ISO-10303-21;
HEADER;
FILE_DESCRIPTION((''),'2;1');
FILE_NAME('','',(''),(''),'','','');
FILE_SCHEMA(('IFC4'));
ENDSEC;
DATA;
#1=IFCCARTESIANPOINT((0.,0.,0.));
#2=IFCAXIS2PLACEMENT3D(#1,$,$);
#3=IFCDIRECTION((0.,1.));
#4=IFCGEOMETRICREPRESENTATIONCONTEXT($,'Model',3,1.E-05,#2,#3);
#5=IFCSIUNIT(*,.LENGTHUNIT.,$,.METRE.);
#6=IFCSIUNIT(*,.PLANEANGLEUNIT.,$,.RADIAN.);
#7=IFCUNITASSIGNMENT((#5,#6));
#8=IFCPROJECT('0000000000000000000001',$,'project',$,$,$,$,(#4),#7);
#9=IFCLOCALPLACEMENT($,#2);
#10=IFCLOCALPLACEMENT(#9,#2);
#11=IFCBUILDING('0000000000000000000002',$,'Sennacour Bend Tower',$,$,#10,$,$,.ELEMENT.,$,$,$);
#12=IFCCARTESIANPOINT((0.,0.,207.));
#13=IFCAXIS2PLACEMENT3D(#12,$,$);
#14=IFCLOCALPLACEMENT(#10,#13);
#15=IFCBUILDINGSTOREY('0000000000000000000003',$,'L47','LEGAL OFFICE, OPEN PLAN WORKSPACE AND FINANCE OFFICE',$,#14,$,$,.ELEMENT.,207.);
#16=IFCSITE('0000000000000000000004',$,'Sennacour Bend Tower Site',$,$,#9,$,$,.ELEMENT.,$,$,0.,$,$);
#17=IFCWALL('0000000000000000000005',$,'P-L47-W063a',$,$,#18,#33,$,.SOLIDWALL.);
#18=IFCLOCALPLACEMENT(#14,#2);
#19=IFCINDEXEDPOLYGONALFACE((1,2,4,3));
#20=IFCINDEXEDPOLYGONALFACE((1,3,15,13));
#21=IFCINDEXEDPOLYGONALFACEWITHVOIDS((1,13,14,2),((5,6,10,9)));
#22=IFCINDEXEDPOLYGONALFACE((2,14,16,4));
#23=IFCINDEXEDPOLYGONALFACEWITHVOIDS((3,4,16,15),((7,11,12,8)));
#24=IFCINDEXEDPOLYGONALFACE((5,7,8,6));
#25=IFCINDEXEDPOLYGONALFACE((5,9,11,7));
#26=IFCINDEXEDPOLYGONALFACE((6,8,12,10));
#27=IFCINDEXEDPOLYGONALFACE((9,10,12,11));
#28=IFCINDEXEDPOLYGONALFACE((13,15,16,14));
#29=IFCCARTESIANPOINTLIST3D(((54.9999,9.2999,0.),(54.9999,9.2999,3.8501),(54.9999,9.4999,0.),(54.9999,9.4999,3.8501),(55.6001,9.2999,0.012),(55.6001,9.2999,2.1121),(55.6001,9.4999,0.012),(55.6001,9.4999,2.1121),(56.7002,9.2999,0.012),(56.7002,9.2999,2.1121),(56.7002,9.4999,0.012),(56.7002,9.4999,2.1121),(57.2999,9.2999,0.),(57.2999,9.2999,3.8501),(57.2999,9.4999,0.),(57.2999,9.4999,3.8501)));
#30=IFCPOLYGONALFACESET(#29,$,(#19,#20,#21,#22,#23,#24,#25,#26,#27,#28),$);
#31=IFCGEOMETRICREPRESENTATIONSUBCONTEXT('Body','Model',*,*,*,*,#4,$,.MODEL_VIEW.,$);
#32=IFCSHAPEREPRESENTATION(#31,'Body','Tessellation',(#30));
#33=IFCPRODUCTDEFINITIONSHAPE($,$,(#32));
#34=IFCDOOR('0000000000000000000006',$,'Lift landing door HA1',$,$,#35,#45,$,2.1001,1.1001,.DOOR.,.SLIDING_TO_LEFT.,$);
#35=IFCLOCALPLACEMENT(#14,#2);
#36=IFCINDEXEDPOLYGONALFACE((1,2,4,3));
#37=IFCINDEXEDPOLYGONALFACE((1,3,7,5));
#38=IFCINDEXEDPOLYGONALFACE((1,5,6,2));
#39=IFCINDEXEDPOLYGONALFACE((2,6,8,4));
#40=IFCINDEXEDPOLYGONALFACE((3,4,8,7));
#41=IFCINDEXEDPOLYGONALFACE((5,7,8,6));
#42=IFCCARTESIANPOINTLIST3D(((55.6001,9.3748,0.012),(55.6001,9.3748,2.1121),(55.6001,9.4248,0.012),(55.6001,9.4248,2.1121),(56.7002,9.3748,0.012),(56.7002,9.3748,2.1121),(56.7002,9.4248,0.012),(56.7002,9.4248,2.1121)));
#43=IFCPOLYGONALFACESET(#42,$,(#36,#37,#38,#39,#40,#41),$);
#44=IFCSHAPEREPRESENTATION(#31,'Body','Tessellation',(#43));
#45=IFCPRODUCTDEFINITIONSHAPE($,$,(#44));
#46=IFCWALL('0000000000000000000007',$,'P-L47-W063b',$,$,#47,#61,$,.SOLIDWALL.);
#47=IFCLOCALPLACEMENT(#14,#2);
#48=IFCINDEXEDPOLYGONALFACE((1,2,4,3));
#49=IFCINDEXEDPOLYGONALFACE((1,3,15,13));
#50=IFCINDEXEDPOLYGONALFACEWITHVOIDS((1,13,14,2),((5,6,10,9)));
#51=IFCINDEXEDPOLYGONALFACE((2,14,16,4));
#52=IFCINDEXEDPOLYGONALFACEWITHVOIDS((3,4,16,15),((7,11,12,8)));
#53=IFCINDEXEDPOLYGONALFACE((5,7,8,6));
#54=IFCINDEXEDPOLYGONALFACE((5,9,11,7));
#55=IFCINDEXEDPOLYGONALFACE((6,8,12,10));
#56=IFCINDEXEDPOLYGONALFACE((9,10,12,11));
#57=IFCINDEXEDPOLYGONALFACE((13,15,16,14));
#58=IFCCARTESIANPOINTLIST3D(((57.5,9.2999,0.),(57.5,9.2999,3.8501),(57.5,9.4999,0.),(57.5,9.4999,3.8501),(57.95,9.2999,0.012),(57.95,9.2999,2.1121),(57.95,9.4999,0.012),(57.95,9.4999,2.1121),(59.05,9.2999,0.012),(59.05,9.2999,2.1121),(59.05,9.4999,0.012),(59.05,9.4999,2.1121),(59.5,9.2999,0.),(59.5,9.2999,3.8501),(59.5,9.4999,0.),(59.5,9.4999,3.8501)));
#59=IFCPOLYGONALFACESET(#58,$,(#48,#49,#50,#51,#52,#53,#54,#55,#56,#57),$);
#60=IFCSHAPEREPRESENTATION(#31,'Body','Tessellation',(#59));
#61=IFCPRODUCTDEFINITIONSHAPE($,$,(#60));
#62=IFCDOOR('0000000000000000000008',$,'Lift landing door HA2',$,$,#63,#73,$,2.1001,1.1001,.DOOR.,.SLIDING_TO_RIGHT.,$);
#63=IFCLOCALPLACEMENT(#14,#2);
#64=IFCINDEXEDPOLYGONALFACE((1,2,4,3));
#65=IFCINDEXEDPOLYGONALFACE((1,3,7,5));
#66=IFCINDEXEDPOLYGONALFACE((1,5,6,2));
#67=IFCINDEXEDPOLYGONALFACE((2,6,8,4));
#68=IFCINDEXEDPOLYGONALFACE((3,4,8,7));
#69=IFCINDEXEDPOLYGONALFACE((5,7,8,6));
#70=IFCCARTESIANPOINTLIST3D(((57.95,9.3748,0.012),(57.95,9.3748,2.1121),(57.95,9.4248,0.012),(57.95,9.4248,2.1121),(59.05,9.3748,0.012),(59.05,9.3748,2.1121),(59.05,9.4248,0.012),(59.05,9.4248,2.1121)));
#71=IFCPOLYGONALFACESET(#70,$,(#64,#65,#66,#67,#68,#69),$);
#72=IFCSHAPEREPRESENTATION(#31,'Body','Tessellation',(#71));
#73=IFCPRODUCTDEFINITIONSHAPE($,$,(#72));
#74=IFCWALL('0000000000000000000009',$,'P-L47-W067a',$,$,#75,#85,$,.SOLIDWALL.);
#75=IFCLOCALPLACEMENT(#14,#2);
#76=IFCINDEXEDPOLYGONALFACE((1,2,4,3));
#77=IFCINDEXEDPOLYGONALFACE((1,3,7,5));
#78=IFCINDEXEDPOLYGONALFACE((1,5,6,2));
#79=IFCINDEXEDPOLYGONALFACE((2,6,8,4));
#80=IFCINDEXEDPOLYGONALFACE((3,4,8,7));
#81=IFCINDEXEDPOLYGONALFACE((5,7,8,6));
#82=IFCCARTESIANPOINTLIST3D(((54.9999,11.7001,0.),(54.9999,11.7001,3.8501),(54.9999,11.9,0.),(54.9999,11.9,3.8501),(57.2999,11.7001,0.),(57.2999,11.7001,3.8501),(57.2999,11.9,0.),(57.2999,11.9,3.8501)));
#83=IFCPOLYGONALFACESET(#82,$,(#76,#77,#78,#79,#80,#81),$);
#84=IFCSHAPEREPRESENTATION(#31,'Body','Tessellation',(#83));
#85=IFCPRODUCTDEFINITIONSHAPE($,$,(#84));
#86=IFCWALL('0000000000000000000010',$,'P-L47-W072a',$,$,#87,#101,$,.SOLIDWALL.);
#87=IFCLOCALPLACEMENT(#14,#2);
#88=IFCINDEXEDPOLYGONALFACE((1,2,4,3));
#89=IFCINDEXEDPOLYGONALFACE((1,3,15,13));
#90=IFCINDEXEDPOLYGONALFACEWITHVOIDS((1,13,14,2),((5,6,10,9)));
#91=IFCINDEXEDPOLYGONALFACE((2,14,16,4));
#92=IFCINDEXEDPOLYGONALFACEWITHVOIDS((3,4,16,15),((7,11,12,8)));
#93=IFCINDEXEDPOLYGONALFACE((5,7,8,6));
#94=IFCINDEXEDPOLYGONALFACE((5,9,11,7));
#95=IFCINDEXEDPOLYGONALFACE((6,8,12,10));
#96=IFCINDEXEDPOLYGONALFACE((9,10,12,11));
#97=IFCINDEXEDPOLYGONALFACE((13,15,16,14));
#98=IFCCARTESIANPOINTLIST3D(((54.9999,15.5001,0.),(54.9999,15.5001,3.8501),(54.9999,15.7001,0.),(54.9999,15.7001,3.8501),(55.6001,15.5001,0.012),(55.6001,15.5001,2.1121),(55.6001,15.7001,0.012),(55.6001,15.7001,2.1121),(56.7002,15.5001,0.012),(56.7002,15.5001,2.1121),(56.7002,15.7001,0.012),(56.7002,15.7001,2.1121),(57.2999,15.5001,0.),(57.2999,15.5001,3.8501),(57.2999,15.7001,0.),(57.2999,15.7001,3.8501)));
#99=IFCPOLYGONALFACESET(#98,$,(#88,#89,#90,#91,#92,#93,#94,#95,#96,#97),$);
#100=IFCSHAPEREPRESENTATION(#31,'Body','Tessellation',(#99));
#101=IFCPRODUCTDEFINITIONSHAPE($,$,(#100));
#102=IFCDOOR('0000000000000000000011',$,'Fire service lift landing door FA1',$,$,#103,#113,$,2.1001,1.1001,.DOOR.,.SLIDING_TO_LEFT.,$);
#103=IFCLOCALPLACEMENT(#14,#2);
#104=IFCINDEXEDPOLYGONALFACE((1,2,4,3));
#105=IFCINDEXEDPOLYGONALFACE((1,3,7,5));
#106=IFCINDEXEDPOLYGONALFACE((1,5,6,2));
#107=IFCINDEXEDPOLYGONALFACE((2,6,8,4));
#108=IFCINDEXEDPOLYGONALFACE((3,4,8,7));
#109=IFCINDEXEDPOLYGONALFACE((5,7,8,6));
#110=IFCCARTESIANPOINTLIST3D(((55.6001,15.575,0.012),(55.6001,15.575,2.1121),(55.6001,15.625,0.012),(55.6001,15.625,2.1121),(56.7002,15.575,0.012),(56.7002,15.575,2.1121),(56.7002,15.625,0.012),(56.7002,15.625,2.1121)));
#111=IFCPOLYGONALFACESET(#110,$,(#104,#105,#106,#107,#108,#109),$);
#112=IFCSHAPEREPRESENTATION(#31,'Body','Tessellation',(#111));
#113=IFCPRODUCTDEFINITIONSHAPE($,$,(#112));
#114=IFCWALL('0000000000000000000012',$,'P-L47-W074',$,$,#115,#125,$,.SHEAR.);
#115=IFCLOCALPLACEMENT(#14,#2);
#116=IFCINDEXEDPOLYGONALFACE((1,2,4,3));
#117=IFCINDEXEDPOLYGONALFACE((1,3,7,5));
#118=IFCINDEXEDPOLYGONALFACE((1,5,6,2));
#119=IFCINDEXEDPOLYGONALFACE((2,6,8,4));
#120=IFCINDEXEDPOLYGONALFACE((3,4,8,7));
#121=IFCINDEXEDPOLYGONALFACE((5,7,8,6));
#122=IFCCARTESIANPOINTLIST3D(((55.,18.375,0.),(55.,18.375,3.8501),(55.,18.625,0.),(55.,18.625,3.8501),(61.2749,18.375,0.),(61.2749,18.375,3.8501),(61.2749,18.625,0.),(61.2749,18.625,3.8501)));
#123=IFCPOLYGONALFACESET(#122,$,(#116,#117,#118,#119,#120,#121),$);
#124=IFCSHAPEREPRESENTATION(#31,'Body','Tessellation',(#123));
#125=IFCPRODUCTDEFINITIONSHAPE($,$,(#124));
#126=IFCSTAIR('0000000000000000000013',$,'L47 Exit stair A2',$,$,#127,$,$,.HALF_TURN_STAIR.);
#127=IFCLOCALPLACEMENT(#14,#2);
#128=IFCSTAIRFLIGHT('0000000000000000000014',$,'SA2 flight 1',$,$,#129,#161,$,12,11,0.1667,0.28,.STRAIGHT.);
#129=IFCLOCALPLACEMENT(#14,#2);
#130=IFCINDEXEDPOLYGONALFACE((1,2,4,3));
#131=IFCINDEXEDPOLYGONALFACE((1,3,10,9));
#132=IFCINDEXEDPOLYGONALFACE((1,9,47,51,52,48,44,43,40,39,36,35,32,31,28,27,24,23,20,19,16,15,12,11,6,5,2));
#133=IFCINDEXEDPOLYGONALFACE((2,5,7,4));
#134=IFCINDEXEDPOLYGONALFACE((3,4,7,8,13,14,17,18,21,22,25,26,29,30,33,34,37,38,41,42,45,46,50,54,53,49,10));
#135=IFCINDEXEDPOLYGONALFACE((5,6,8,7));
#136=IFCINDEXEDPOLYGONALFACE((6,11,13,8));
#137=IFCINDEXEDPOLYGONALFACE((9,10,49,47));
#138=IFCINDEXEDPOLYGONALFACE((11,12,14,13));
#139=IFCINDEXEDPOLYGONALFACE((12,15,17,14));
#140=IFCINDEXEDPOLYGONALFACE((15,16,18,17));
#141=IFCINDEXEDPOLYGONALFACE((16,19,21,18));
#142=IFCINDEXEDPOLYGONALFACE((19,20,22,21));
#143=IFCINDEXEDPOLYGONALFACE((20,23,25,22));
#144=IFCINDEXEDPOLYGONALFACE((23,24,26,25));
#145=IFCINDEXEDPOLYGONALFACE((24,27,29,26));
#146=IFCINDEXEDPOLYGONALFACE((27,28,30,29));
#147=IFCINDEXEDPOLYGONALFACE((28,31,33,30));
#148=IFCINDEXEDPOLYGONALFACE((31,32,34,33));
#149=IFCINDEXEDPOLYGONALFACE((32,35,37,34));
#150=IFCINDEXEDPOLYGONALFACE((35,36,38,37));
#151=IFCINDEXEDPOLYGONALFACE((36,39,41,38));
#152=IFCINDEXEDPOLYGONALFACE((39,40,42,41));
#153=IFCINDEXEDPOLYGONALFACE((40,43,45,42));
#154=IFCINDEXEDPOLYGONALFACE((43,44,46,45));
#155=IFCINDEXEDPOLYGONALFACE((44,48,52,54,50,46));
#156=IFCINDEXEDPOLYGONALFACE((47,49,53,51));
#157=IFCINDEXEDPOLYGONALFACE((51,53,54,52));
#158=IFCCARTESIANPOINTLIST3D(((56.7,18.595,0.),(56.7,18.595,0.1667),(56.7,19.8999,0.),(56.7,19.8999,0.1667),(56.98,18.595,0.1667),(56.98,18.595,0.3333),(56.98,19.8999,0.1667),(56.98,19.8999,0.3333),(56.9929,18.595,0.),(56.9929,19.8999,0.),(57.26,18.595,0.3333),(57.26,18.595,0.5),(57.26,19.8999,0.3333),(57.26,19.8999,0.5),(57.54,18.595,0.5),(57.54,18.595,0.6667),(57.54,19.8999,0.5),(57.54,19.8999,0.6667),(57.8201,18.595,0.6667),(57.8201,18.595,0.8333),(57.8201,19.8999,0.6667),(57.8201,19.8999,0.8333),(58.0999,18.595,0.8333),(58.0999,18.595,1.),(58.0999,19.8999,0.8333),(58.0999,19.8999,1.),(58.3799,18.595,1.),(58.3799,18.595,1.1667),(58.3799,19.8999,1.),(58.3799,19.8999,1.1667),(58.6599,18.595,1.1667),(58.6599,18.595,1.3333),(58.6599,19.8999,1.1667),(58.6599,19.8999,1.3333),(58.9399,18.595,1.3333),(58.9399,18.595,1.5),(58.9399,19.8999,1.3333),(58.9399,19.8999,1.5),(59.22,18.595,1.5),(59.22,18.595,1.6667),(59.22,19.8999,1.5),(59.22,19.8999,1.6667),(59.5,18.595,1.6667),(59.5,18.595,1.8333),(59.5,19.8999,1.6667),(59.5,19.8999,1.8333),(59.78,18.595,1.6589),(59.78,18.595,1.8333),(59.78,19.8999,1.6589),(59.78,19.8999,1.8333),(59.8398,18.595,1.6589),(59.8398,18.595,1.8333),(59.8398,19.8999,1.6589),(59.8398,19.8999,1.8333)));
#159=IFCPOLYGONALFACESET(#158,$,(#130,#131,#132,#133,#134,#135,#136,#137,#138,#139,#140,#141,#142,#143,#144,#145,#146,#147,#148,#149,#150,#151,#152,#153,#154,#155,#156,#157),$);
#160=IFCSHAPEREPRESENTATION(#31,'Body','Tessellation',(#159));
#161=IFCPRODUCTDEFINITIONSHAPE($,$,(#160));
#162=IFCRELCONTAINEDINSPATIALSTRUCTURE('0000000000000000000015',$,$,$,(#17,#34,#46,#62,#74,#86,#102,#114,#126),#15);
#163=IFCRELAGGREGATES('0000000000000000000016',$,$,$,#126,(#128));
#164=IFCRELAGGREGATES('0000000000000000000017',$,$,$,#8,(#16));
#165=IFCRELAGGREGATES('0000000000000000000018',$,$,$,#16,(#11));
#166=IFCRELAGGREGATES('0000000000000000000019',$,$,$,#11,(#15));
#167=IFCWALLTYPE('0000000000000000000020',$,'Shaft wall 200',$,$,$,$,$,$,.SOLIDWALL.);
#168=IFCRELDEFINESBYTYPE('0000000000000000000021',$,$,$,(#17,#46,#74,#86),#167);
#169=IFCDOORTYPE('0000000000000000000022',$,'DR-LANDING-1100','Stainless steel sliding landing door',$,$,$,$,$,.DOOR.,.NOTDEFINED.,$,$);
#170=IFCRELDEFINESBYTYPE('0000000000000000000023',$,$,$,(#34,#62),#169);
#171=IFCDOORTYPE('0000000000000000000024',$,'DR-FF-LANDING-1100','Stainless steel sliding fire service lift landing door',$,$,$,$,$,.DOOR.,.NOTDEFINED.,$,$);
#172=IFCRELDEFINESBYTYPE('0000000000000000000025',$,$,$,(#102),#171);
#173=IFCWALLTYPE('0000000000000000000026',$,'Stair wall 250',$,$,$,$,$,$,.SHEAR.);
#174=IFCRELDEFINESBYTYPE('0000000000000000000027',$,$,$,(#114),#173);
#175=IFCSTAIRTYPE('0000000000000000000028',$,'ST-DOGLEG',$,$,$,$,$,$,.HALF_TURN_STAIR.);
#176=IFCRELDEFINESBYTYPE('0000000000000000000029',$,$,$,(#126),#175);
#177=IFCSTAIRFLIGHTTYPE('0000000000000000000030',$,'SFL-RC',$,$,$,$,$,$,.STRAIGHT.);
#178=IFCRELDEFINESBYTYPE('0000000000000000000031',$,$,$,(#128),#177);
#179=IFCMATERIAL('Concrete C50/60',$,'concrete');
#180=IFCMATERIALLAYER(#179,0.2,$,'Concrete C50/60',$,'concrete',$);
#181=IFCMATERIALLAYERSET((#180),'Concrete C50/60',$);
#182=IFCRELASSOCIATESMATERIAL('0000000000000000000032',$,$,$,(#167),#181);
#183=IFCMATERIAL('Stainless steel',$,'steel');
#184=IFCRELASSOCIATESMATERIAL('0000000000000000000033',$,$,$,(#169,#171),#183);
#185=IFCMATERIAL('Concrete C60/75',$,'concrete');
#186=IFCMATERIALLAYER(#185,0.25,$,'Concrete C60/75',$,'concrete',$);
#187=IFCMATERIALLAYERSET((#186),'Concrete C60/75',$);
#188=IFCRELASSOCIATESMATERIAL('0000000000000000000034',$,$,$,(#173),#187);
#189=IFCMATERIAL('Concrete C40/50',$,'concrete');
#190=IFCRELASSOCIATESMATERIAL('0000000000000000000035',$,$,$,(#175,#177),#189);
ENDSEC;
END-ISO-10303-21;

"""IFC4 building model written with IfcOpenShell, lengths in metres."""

from ifc_helpers import new_model, si_unit, direction, frame, frame_2d, origin, place, context, subcontext, project, spatial, polyline, rectangle, outline, extrude, material, layer, layer_set, type_object, element, fill, aggregate, save


model = new_model("IFC4")

# Units and contexts
model_context = context("Model", 3, precision=1e-05, world=origin(), true_north=direction((0.0, 1.0)))
body_context = subcontext(model_context, "Body", "Model", "MODEL_VIEW")
ifc_project = project(units=[si_unit("LENGTHUNIT", "METRE"), si_unit("PLANEANGLEUNIT", "RADIAN")], contexts=[model_context])

# Site, building, storey
site_placement = place(None, origin())
site = spatial("IfcSite", under=ifc_project, at=site_placement, Name="Sennacour Bend Tower Site", CompositionType="ELEMENT", RefElevation=0.0)
building_placement = place(site_placement, origin())
building = spatial("IfcBuilding", under=site, at=building_placement, Name="Sennacour Bend Tower", CompositionType="ELEMENT")
storey_placement = place(building_placement, frame((0.0, 0.0, 207.0)))
storey = spatial("IfcBuildingStorey", under=building, at=storey_placement, Name="L47", Description="LEGAL OFFICE, OPEN PLAN WORKSPACE AND FINANCE OFFICE", CompositionType="ELEMENT", Elevation=207.0)

# Shared definitions
ifc_material_1 = material(Name="Concrete C60/75", Category="concrete")

# Shared definitions
ifc_material_2 = material(Name="Concrete C50/60", Category="concrete")
ifc_layer_1 = layer(ifc_material_2, 0.2, Name="Concrete C50/60", Category="concrete")
ifc_layer_set_1 = layer_set([ifc_layer_1], Name="Concrete C50/60")
wall_type_1 = type_object("IfcWallType", Name="Shaft wall 200", PredefinedType="SOLIDWALL", material=ifc_layer_set_1)

# Walls, openings, doors
wall_1_placement = place(storey_placement, frame((55.0, 9.3999, 0.0), z_axis=(0.0, 0.0, 1.0), x_axis=(1.0, 0.0, 0.0)))
wall_1 = element("IfcWall", 1, at=wall_1_placement, inside=storey, type_object=wall_type_1, Name="P-L47-W063a", PredefinedType="SOLIDWALL", context=body_context, shape_type="SweptSolid", body=[
    extrude(rectangle(XDim=2.3, YDim=0.2, at=frame_2d((1.1499, 0.0))), origin(), (0.0, 0.0, 1.0), 3.8501),
])
opening_1_placement = place(wall_1_placement, frame((0.6001, 0.0, 0.012)))
opening_1 = element("IfcOpeningElement", 2, at=opening_1_placement, cuts=wall_1, PredefinedType="OPENING", context=body_context, shape_type="SweptSolid", body=[
    extrude(rectangle(XDim=1.1001, YDim=2.1001, at=frame_2d((0.55, 1.05))), frame((0.0, 0.1099, 0.0), z_axis=(0.0, -1.0, 0.0), x_axis=(1.0, 0.0, 0.0)), (0.0, 0.0, 1.0), 0.22),
])
ifc_material_3 = material(Name="Stainless steel", Category="steel")
door_type_1 = type_object("IfcDoorType", Name="DR-LANDING-1100", Description="Stainless steel sliding landing door", OperationType="NOTDEFINED", PredefinedType="DOOR", material=ifc_material_3)
door_1_placement = place(opening_1_placement, origin())
door_1 = element("IfcDoor", 3, at=door_1_placement, inside=storey, type_object=door_type_1, Name="Lift landing door HA1", OperationType="SLIDING_TO_LEFT", OverallHeight=2.1001, OverallWidth=1.1001, PredefinedType="DOOR", context=body_context, shape_type="SweptSolid", body=[
    extrude(rectangle(XDim=1.1001, YDim=2.1001, at=frame_2d((0.55, 1.05))), frame((0.0, 0.0249, 0.0), z_axis=(0.0, -1.0, 0.0), x_axis=(1.0, 0.0, 0.0)), (0.0, 0.0, 1.0), 0.05),
])
fill(opening_1, door_1)
wall_2_placement = place(storey_placement, frame((57.5, 9.3999, 0.0), z_axis=(0.0, 0.0, 1.0), x_axis=(1.0, 0.0, 0.0)))
wall_2 = element("IfcWall", 4, at=wall_2_placement, inside=storey, type_object=wall_type_1, Name="P-L47-W063b", PredefinedType="SOLIDWALL", context=body_context, shape_type="SweptSolid", body=[
    extrude(rectangle(XDim=2.0, YDim=0.2, at=frame_2d((1.0, 0.0))), origin(), (0.0, 0.0, 1.0), 3.8501),
])
opening_2_placement = place(wall_2_placement, frame((0.45, 0.0, 0.012)))
opening_2 = element("IfcOpeningElement", 5, at=opening_2_placement, cuts=wall_2, PredefinedType="OPENING", context=body_context, shape_type="SweptSolid", body=[
    extrude(rectangle(XDim=1.1001, YDim=2.1001, at=frame_2d((0.55, 1.05))), frame((0.0, 0.1099, 0.0), z_axis=(0.0, -1.0, 0.0), x_axis=(1.0, 0.0, 0.0)), (0.0, 0.0, 1.0), 0.22),
])
door_2_placement = place(opening_2_placement, origin())
door_2 = element("IfcDoor", 6, at=door_2_placement, inside=storey, type_object=door_type_1, Name="Lift landing door HA2", OperationType="SLIDING_TO_RIGHT", OverallHeight=2.1001, OverallWidth=1.1001, PredefinedType="DOOR", context=body_context, shape_type="SweptSolid", body=[
    extrude(rectangle(XDim=1.1001, YDim=2.1001, at=frame_2d((0.55, 1.05))), frame((0.0, 0.0249, 0.0), z_axis=(0.0, -1.0, 0.0), x_axis=(1.0, 0.0, 0.0)), (0.0, 0.0, 1.0), 0.05),
])
fill(opening_2, door_2)

# Wall
wall_3_placement = place(storey_placement, frame((55.0, 11.8, 0.0), z_axis=(0.0, 0.0, 1.0), x_axis=(1.0, 0.0, 0.0)))
element("IfcWall", 7, at=wall_3_placement, inside=storey, type_object=wall_type_1, Name="P-L47-W067a", PredefinedType="SOLIDWALL", context=body_context, shape_type="SweptSolid", body=[
    extrude(rectangle(XDim=2.3, YDim=0.2, at=frame_2d((1.1499, 0.0))), origin(), (0.0, 0.0, 1.0), 3.8501),
])

# Wall, opening, door
wall_4_placement = place(storey_placement, frame((55.0, 15.6001, 0.0), z_axis=(0.0, 0.0, 1.0), x_axis=(1.0, 0.0, 0.0)))
wall_4 = element("IfcWall", 8, at=wall_4_placement, inside=storey, type_object=wall_type_1, Name="P-L47-W072a", PredefinedType="SOLIDWALL", context=body_context, shape_type="SweptSolid", body=[
    extrude(rectangle(XDim=2.3, YDim=0.2, at=frame_2d((1.1499, 0.0))), origin(), (0.0, 0.0, 1.0), 3.8501),
])
opening_3_placement = place(wall_4_placement, frame((0.6001, 0.0, 0.012)))
opening_3 = element("IfcOpeningElement", 9, at=opening_3_placement, cuts=wall_4, PredefinedType="OPENING", context=body_context, shape_type="SweptSolid", body=[
    extrude(rectangle(XDim=1.1001, YDim=2.1001, at=frame_2d((0.55, 1.05))), frame((0.0, 0.1099, 0.0), z_axis=(0.0, -1.0, 0.0), x_axis=(1.0, 0.0, 0.0)), (0.0, 0.0, 1.0), 0.22),
])
door_type_2 = type_object("IfcDoorType", Name="DR-FF-LANDING-1100", Description="Stainless steel sliding fire service lift landing door", OperationType="NOTDEFINED", PredefinedType="DOOR", material=ifc_material_3)
door_3_placement = place(opening_3_placement, origin())
door_3 = element("IfcDoor", 10, at=door_3_placement, inside=storey, type_object=door_type_2, Name="Fire service lift landing door FA1", OperationType="SLIDING_TO_LEFT", OverallHeight=2.1001, OverallWidth=1.1001, PredefinedType="DOOR", context=body_context, shape_type="SweptSolid", body=[
    extrude(rectangle(XDim=1.1001, YDim=2.1001, at=frame_2d((0.55, 1.05))), frame((0.0, 0.0249, 0.0), z_axis=(0.0, -1.0, 0.0), x_axis=(1.0, 0.0, 0.0)), (0.0, 0.0, 1.0), 0.05),
])
fill(opening_3, door_3)

# Wall
ifc_layer_2 = layer(ifc_material_1, 0.25, Name="Concrete C60/75", Category="concrete")
ifc_layer_set_2 = layer_set([ifc_layer_2], Name="Concrete C60/75")
wall_type_2 = type_object("IfcWallType", Name="Stair wall 250", PredefinedType="SHEAR", material=ifc_layer_set_2)
wall_5_placement = place(storey_placement, frame((55.0, 18.5, 0.0), z_axis=(0.0, 0.0, 1.0), x_axis=(1.0, 0.0, 0.0)))
element("IfcWall", 11, at=wall_5_placement, inside=storey, type_object=wall_type_2, Name="P-L47-W074", PredefinedType="SHEAR", context=body_context, shape_type="SweptSolid", body=[
    extrude(rectangle(XDim=6.2749, YDim=0.25, at=frame_2d((3.1375, 0.0))), origin(), (0.0, 0.0, 1.0), 3.8501),
])

# Stair, stair flight
ifc_material_4 = material(Name="Concrete C40/50", Category="concrete")
stair_type = type_object("IfcStairType", Name="ST-DOGLEG", PredefinedType="HALF_TURN_STAIR", material=ifc_material_4)
stair_placement = place(storey_placement, origin())
stair = element("IfcStair", 12, at=stair_placement, inside=storey, type_object=stair_type, Name="L47 Exit stair A2", PredefinedType="HALF_TURN_STAIR")
stair_flight_type = type_object("IfcStairFlightType", Name="SFL-RC", PredefinedType="STRAIGHT", material=ifc_material_4)
stair_flight_placement = place(storey_placement, frame((56.7, 19.2476, 0.0), z_axis=(0.0, 0.0, 1.0), x_axis=(1.0, 0.0, 0.0)))
stair_flight = element("IfcStairFlight", 13, at=stair_flight_placement, type_object=stair_flight_type, Name="SA2 flight 1", NumberOfRisers=12, NumberOfTreads=11, PredefinedType="STRAIGHT", RiserHeight=0.1667, TreadLength=0.28, context=body_context, shape_type="SweptSolid", body=[
    extrude(outline(polyline([(0.0, 0.0), (0.0, 0.1667), (0.28, 0.1667), (0.28, 0.3333), (0.5601, 0.3333), (0.5601, 0.5), (0.8401, 0.5), (0.8401, 0.6667), (1.1201, 0.6667), (1.1201, 0.8333), (1.3999, 0.8333), (1.3999, 1.0), (1.6799, 1.0), (1.6799, 1.1667), (1.96, 1.1667), (1.96, 1.3333), (2.24, 1.3333), (2.24, 1.5), (2.52, 1.5), (2.52, 1.6667), (2.8, 1.6667), (2.8, 1.8333), (3.0801, 1.8333), (3.1399, 1.8333), (3.1399, 1.6589), (3.0801, 1.6589), (0.293, 0.0), (0.0, 0.0)])), frame((0.0, 0.6523, 0.0), z_axis=(0.0, -1.0, 0.0), x_axis=(1.0, 0.0, 0.0)), (0.0, 0.0, 1.0), 1.3049),
])
aggregate(stair, [stair_flight])

save(model, "model.ifc")
